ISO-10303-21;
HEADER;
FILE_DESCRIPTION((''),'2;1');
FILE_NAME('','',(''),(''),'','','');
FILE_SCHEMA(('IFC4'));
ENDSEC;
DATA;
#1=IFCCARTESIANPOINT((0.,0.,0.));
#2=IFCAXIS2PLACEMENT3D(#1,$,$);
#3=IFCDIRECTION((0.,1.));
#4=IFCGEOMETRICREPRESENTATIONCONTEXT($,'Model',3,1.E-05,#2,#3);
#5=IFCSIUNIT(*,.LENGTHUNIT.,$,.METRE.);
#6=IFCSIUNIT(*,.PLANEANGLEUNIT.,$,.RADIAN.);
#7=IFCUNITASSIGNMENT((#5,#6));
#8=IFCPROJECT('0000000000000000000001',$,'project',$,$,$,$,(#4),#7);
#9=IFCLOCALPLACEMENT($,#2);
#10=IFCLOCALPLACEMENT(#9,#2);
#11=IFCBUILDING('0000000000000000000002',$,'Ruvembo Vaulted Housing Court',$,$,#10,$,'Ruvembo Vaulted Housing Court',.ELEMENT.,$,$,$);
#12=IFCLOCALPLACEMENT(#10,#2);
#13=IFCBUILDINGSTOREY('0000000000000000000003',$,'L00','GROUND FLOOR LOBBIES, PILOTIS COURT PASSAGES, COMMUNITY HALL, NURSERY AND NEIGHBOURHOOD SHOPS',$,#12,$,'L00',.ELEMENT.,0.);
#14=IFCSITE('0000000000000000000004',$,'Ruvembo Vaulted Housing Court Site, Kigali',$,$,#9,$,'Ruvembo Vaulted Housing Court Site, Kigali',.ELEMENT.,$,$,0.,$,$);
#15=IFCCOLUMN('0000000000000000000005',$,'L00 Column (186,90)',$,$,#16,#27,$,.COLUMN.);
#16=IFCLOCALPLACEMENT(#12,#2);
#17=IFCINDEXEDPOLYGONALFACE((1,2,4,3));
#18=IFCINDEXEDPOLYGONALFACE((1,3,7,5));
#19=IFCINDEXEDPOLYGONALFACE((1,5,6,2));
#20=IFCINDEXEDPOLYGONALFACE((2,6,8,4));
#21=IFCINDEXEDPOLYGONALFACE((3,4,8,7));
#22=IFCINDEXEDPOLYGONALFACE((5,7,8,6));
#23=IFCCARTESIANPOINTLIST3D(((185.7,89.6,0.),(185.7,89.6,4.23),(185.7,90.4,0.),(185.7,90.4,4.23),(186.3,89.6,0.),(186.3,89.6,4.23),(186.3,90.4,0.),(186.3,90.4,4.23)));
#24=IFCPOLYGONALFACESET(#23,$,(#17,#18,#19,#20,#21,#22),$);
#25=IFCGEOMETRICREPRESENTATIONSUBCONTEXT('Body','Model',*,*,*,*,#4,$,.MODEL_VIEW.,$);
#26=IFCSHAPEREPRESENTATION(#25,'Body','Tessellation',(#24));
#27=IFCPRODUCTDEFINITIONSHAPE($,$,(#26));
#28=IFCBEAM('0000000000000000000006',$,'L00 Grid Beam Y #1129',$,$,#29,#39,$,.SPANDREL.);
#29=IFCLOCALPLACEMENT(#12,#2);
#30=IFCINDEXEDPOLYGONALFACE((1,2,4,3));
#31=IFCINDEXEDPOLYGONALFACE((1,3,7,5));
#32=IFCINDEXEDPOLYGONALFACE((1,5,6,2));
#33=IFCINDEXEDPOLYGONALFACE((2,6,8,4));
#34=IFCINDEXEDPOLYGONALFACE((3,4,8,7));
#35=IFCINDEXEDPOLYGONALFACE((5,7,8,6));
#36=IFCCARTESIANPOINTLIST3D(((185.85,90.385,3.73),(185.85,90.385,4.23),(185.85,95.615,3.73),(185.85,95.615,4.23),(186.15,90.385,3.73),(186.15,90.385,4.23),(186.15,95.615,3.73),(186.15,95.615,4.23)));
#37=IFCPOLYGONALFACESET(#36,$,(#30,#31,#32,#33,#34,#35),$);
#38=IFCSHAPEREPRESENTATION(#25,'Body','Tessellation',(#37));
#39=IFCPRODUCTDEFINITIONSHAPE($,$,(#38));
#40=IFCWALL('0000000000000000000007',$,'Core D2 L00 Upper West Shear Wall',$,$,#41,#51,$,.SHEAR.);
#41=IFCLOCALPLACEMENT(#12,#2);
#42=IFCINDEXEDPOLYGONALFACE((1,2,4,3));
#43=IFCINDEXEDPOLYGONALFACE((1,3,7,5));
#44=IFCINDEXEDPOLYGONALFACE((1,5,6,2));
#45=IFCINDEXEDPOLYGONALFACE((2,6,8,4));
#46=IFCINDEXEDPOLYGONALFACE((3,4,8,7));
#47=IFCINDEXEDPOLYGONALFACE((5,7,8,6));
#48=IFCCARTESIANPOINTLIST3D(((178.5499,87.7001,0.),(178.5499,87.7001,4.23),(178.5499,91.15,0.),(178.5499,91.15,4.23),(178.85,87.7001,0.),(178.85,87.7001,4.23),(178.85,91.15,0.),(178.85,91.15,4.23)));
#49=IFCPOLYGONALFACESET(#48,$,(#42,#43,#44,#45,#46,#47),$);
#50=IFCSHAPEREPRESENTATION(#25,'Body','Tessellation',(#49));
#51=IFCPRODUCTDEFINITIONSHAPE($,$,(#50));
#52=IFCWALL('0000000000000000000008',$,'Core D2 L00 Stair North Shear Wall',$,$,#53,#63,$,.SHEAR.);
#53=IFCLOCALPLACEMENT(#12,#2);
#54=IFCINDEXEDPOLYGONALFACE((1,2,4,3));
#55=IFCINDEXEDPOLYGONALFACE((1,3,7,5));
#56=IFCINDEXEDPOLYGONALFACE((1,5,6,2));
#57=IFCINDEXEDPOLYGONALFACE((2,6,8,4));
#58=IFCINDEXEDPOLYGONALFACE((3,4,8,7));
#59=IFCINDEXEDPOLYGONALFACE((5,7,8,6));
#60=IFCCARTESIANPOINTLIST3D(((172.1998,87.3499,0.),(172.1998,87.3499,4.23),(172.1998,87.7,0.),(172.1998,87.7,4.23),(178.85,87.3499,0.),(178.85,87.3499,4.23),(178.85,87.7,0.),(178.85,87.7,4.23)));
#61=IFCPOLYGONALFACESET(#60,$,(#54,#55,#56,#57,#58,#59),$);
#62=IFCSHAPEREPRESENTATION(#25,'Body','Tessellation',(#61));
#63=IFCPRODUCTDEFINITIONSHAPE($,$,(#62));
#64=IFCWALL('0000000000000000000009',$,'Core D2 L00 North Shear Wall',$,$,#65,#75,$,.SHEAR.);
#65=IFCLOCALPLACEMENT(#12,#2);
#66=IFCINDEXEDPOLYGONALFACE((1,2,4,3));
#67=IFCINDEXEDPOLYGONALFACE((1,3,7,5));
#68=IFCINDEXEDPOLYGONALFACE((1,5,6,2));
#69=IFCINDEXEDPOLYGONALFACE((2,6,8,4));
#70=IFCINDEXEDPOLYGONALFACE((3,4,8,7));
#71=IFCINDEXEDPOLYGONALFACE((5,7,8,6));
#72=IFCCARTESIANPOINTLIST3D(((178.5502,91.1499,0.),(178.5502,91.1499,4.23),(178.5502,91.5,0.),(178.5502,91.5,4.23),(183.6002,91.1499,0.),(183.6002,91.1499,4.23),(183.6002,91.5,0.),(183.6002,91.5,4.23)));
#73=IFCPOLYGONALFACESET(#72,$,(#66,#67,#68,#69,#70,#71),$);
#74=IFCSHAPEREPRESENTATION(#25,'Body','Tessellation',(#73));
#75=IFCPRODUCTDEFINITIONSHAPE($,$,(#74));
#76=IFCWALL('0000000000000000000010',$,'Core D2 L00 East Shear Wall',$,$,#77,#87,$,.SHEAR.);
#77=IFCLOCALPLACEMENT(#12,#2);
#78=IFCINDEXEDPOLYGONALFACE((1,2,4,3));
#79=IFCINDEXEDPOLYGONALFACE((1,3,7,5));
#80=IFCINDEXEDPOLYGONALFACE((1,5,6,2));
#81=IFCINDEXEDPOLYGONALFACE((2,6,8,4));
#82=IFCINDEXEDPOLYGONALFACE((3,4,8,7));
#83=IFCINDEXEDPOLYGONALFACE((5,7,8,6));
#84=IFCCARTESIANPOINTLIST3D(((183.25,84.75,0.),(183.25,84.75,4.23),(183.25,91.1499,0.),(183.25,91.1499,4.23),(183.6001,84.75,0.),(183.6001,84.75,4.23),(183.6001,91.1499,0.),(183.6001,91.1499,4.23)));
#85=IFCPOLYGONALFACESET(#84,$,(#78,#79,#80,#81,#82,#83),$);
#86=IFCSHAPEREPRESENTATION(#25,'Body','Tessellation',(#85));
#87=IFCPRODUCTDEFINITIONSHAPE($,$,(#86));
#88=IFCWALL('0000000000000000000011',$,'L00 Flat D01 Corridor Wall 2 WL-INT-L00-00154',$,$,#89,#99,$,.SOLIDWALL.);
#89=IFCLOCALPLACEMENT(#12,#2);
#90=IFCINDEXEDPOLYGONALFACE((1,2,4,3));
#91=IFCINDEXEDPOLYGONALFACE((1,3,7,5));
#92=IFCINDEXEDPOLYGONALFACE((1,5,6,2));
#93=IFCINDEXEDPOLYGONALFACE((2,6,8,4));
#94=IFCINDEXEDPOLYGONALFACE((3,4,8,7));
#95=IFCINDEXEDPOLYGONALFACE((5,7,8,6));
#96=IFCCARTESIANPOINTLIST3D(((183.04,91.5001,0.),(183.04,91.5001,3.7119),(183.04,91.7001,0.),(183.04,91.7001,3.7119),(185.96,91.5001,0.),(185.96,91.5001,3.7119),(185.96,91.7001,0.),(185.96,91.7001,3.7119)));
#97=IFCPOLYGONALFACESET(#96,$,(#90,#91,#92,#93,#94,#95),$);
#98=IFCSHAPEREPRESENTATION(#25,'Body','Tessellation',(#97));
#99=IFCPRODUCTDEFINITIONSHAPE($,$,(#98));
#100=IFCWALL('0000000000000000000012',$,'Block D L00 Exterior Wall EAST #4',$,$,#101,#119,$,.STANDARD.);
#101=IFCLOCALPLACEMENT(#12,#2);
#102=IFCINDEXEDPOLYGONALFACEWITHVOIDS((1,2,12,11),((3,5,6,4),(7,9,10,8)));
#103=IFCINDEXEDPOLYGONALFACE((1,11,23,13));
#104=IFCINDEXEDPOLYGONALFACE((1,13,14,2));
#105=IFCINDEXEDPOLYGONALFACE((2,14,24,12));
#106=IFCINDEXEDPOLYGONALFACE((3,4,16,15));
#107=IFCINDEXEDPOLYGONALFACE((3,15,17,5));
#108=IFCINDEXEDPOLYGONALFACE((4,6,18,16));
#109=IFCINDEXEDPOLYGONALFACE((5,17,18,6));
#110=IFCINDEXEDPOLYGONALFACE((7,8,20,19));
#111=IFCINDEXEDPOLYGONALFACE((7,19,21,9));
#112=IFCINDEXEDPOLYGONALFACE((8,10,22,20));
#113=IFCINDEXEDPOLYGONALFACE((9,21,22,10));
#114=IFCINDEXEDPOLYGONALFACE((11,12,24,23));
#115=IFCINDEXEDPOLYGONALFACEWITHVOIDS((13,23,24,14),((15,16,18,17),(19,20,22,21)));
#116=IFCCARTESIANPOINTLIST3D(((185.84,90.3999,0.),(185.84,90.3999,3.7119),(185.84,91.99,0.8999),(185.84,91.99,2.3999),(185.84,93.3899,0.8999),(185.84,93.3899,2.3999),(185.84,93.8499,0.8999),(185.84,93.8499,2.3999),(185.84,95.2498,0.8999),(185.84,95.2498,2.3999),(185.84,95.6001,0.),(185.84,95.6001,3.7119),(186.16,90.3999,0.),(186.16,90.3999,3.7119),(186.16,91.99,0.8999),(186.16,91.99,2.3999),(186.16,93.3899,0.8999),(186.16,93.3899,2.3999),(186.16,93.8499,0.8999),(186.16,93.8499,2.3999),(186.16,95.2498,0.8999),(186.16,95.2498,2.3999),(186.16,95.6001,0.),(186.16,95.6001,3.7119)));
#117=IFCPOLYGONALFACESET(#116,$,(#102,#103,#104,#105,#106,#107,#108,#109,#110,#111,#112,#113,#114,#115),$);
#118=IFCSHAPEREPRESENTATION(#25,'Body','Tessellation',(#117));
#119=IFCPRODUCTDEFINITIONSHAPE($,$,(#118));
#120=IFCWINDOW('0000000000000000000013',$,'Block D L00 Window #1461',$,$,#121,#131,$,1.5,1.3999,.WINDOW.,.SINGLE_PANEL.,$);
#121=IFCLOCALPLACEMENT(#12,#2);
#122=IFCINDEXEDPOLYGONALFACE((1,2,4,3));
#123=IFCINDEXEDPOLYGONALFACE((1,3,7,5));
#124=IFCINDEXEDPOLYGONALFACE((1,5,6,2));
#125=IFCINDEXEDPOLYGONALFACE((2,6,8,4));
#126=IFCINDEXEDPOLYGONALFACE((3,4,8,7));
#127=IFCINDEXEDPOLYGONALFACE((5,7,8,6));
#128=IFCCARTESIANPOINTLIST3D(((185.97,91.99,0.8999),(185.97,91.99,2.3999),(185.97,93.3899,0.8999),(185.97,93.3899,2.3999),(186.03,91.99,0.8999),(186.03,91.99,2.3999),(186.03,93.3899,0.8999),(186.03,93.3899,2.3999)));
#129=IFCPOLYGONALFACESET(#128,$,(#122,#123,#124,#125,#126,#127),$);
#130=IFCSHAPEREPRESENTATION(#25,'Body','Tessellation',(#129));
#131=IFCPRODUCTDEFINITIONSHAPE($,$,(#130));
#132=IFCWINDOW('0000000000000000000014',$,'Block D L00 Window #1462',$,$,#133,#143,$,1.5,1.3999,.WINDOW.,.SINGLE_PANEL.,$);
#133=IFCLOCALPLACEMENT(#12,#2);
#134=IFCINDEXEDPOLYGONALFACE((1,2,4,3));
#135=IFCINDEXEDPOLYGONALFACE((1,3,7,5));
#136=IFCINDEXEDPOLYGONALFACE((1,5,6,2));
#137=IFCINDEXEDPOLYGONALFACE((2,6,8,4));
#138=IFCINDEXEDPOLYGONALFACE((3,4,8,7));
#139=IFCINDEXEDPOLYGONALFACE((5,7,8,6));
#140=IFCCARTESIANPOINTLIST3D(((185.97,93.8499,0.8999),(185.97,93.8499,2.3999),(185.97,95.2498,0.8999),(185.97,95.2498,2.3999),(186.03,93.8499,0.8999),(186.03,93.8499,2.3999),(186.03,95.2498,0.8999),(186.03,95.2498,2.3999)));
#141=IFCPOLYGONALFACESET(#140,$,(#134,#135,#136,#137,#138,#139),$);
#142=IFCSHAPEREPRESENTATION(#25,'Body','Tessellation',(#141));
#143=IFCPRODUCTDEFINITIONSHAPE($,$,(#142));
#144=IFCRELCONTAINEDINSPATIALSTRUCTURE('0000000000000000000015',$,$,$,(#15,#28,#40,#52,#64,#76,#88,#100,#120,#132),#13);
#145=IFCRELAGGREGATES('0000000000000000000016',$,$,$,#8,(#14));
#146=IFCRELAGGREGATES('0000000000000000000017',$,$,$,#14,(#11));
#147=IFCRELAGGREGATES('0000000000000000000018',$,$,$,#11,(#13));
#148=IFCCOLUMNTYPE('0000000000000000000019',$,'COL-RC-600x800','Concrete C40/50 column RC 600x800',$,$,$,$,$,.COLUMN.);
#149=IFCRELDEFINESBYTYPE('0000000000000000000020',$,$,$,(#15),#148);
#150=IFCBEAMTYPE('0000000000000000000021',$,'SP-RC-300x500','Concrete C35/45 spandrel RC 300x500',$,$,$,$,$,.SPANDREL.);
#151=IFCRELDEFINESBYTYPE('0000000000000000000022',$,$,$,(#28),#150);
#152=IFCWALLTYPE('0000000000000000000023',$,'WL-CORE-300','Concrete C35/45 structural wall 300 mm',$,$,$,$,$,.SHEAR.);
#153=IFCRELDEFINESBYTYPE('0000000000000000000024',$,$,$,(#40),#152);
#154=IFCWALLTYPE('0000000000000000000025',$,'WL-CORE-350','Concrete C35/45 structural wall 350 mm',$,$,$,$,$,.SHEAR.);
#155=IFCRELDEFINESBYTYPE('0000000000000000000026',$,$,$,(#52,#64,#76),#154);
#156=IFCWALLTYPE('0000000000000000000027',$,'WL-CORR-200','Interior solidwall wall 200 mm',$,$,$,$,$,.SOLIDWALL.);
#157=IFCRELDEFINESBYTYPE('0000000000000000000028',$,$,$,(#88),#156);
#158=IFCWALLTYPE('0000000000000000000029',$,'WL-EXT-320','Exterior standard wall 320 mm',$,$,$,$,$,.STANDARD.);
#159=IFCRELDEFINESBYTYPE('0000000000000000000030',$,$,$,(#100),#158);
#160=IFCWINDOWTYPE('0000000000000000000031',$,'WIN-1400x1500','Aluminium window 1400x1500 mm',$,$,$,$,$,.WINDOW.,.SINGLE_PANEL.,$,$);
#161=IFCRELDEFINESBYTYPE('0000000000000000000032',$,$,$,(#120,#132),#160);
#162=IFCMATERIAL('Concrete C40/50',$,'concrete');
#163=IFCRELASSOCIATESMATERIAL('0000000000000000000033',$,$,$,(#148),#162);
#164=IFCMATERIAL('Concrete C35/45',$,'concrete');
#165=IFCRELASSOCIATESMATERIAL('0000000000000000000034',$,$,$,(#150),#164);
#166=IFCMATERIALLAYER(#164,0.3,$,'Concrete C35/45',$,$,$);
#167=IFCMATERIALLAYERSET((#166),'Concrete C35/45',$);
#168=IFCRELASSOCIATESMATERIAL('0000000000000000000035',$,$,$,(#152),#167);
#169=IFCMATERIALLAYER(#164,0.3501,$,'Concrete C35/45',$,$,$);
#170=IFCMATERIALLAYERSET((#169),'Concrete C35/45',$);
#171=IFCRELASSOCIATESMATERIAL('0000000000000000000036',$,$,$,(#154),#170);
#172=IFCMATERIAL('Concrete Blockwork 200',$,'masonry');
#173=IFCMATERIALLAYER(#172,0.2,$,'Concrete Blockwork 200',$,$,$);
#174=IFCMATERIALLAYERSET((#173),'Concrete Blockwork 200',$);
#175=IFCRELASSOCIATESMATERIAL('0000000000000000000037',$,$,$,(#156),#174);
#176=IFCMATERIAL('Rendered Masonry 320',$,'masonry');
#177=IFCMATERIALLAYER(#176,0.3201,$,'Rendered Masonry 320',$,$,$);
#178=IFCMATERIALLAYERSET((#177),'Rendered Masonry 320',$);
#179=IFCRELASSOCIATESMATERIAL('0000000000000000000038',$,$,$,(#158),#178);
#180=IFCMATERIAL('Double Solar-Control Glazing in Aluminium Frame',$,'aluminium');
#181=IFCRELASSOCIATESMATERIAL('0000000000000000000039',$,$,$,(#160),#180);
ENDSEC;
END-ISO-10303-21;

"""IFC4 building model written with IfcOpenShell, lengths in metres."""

from ifc_helpers import new_model, si_unit, direction, frame, frame_2d, origin, origin_2d, place, context, subcontext, project, spatial, rectangle, extrude, material, layer, layer_set, material_profile, profile_set, type_object, element, fill, save


model = new_model("IFC4")

# Units and contexts
model_context = context("Model", 3, precision=1e-05, world=origin(), true_north=direction((0.0, 1.0)))
body_context = subcontext(model_context, "Body", "Model", "MODEL_VIEW")
ifc_project = project(units=[si_unit("LENGTHUNIT", "METRE"), si_unit("PLANEANGLEUNIT", "RADIAN")], contexts=[model_context])

# Site, building, storey
site_placement = place(None, origin())
site = spatial("IfcSite", under=ifc_project, at=site_placement, Name="Ruvembo Vaulted Housing Court Site, Kigali", LongName="Ruvembo Vaulted Housing Court Site, Kigali", CompositionType="ELEMENT", RefElevation=0.0)
building_placement = place(site_placement, origin())
building = spatial("IfcBuilding", under=site, at=building_placement, Name="Ruvembo Vaulted Housing Court", LongName="Ruvembo Vaulted Housing Court", CompositionType="ELEMENT")
storey_placement = place(building_placement, origin())
storey = spatial("IfcBuildingStorey", under=building, at=storey_placement, Name="L00", Description="GROUND FLOOR LOBBIES, PILOTIS COURT PASSAGES, COMMUNITY HALL, NURSERY AND NEIGHBOURHOOD SHOPS", LongName="L00", CompositionType="ELEMENT", Elevation=0.0)

# Column
ifc_material_1 = material(Name="Concrete C40/50", Category="concrete")
ifc_material_profile_1 = material_profile(ifc_material_1, rectangle(XDim=0.6001, YDim=0.8, at=origin_2d()), Name="RC 600x800")
ifc_profile_set_1 = profile_set([ifc_material_profile_1], Name="Concrete C40/50")
column_type = type_object("IfcColumnType", Name="COL-RC-600x800", Description="Concrete C40/50 column RC 600x800", PredefinedType="COLUMN", material=ifc_profile_set_1)
column_placement = place(storey_placement, frame((186.0, 90.0, 0.0), z_axis=(0.0, 0.0, 1.0), x_axis=(1.0, 0.0, 0.0)))
element("IfcColumn", 1, at=column_placement, inside=storey, type_object=column_type, Name="L00 Column (186,90)", PredefinedType="COLUMN", context=body_context, shape_type="SweptSolid", body=[
    extrude(rectangle(XDim=0.6001, YDim=0.8, at=origin_2d()), origin(), (0.0, 0.0, 1.0), 4.23),
])

# Beam
ifc_material_2 = material(Name="Concrete C35/45", Category="concrete")
ifc_material_profile_2 = material_profile(ifc_material_2, rectangle(XDim=0.3, YDim=0.5, at=origin_2d()), Name="RC 300x500")
ifc_profile_set_2 = profile_set([ifc_material_profile_2], Name="Concrete C35/45")
beam_type = type_object("IfcBeamType", Name="SP-RC-300x500", Description="Concrete C35/45 spandrel RC 300x500", PredefinedType="SPANDREL", material=ifc_profile_set_2)
beam_placement = place(storey_placement, frame((186.0, 90.385, 3.98), z_axis=(0.0, 1.0, 0.0), x_axis=(-1.0, 0.0, 0.0)))
element("IfcBeam", 2, at=beam_placement, inside=storey, type_object=beam_type, Name="L00 Grid Beam Y #1129", PredefinedType="SPANDREL", context=body_context, shape_type="SweptSolid", body=[
    extrude(rectangle(XDim=0.3, YDim=0.5, at=origin_2d()), origin(), (0.0, 0.0, 1.0), 5.23),
])

# Shared definitions
ifc_layer_1 = layer(ifc_material_2, 0.3, Name="Concrete C35/45")
ifc_layer_set_1 = layer_set([ifc_layer_1], Name="Concrete C35/45")
wall_type_1 = type_object("IfcWallType", Name="WL-CORE-300", Description="Concrete C35/45 structural wall 300 mm", PredefinedType="SHEAR", material=ifc_layer_set_1)

# Walls
wall_1_placement = place(storey_placement, frame((178.7, 87.7, 0.0), z_axis=(0.0, 0.0, 1.0), x_axis=(0.0, 1.0, 0.0)))
element("IfcWall", 3, at=wall_1_placement, inside=storey, type_object=wall_type_1, Name="Core D2 L00 Upper West Shear Wall", PredefinedType="SHEAR", context=body_context, shape_type="SweptSolid", body=[
    extrude(rectangle(XDim=3.45, YDim=0.3, at=frame_2d((1.7251, 0.0))), origin(), (0.0, 0.0, 1.0), 4.23),
])
ifc_layer_2 = layer(ifc_material_2, 0.3501, Name="Concrete C35/45")
ifc_layer_set_2 = layer_set([ifc_layer_2], Name="Concrete C35/45")
wall_type_2 = type_object("IfcWallType", Name="WL-CORE-350", Description="Concrete C35/45 structural wall 350 mm", PredefinedType="SHEAR", material=ifc_layer_set_2)
wall_2_placement = place(storey_placement, frame((178.8501, 87.5249, 0.0), z_axis=(0.0, 0.0, 1.0), x_axis=(-1.0, 0.0, 0.0)))
element("IfcWall", 4, at=wall_2_placement, inside=storey, type_object=wall_type_2, Name="Core D2 L00 Stair North Shear Wall", PredefinedType="SHEAR", context=body_context, shape_type="SweptSolid", body=[
    extrude(rectangle(XDim=6.6501, YDim=0.3501, at=frame_2d((3.3252, 0.0))), origin(), (0.0, 0.0, 1.0), 4.23),
])
wall_3_placement = place(storey_placement, frame((183.6001, 91.325, 0.0), z_axis=(0.0, 0.0, 1.0), x_axis=(-1.0, 0.0, 0.0)))
element("IfcWall", 5, at=wall_3_placement, inside=storey, type_object=wall_type_2, Name="Core D2 L00 North Shear Wall", PredefinedType="SHEAR", context=body_context, shape_type="SweptSolid", body=[
    extrude(rectangle(XDim=5.05, YDim=0.3501, at=frame_2d((2.5249, 0.0))), origin(), (0.0, 0.0, 1.0), 4.23),
])
wall_4_placement = place(storey_placement, frame((183.425, 84.75, 0.0), z_axis=(0.0, 0.0, 1.0), x_axis=(0.0, 1.0, 0.0)))
element("IfcWall", 6, at=wall_4_placement, inside=storey, type_object=wall_type_2, Name="Core D2 L00 East Shear Wall", PredefinedType="SHEAR", context=body_context, shape_type="SweptSolid", body=[
    extrude(rectangle(XDim=6.3999, YDim=0.3501, at=frame_2d((3.2, 0.0))), origin(), (0.0, 0.0, 1.0), 4.23),
])
ifc_material_3 = material(Name="Concrete Blockwork 200", Category="masonry")
ifc_layer_3 = layer(ifc_material_3, 0.2, Name="Concrete Blockwork 200")
ifc_layer_set_3 = layer_set([ifc_layer_3], Name="Concrete Blockwork 200")
wall_type_3 = type_object("IfcWallType", Name="WL-CORR-200", Description="Interior solidwall wall 200 mm", PredefinedType="SOLIDWALL", material=ifc_layer_set_3)
wall_5_placement = place(storey_placement, frame((183.04, 91.6001, 0.0), z_axis=(0.0, 0.0, 1.0), x_axis=(1.0, 0.0, 0.0)))
element("IfcWall", 7, at=wall_5_placement, inside=storey, type_object=wall_type_3, Name="L00 Flat D01 Corridor Wall 2 WL-INT-L00-00154", PredefinedType="SOLIDWALL", context=body_context, shape_type="SweptSolid", body=[
    extrude(rectangle(XDim=2.9199, YDim=0.2, at=frame_2d((1.46, 0.0))), origin(), (0.0, 0.0, 1.0), 3.7119),
])

# Wall, openings, windows
ifc_material_4 = material(Name="Rendered Masonry 320", Category="masonry")
ifc_layer_4 = layer(ifc_material_4, 0.3201, Name="Rendered Masonry 320")
ifc_layer_set_4 = layer_set([ifc_layer_4], Name="Rendered Masonry 320")
wall_type_4 = type_object("IfcWallType", Name="WL-EXT-320", Description="Exterior standard wall 320 mm", PredefinedType="STANDARD", material=ifc_layer_set_4)
wall_6_placement = place(storey_placement, frame((186.0, 90.3999, 0.0), z_axis=(0.0, 0.0, 1.0), x_axis=(0.0, 1.0, 0.0)))
wall_6 = element("IfcWall", 8, at=wall_6_placement, inside=storey, type_object=wall_type_4, Name="Block D L00 Exterior Wall EAST #4", PredefinedType="STANDARD", context=body_context, shape_type="SweptSolid", body=[
    extrude(rectangle(XDim=5.2002, YDim=0.3201, at=frame_2d((2.6001, 0.0))), origin(), (0.0, 0.0, 1.0), 3.7119),
])
opening_1_placement = place(wall_6_placement, frame((1.5901, 0.0, 0.8999)))
opening_1 = element("IfcOpeningElement", 9, at=opening_1_placement, cuts=wall_6, PredefinedType="OPENING", context=body_context, shape_type="SweptSolid", body=[
    extrude(rectangle(XDim=1.3999, YDim=1.5, at=frame_2d((0.7, 0.75))), frame((0.0, 0.1699, 0.0), z_axis=(0.0, -1.0, 0.0), x_axis=(1.0, 0.0, 0.0)), (0.0, 0.0, 1.0), 0.3401),
])
opening_2_placement = place(wall_6_placement, frame((3.45, 0.0, 0.8999)))
opening_2 = element("IfcOpeningElement", 10, at=opening_2_placement, cuts=wall_6, PredefinedType="OPENING", context=body_context, shape_type="SweptSolid", body=[
    extrude(rectangle(XDim=1.3999, YDim=1.5, at=frame_2d((0.7, 0.75))), frame((0.0, 0.1699, 0.0), z_axis=(0.0, -1.0, 0.0), x_axis=(1.0, 0.0, 0.0)), (0.0, 0.0, 1.0), 0.3401),
])
ifc_material_5 = material(Name="Double Solar-Control Glazing in Aluminium Frame", Category="aluminium")
window_type = type_object("IfcWindowType", Name="WIN-1400x1500", Description="Aluminium window 1400x1500 mm", PartitioningType="SINGLE_PANEL", PredefinedType="WINDOW", material=ifc_material_5)
window_1_placement = place(opening_1_placement, origin())
window_1 = element("IfcWindow", 11, at=window_1_placement, inside=storey, type_object=window_type, Name="Block D L00 Window #1461", OverallHeight=1.5, OverallWidth=1.3999, PartitioningType="SINGLE_PANEL", PredefinedType="WINDOW", context=body_context, shape_type="SweptSolid", body=[
    extrude(rectangle(XDim=1.3999, YDim=1.5, at=frame_2d((0.7, 0.75))), frame((0.0, 0.03, 0.0), z_axis=(0.0, -1.0, 0.0), x_axis=(1.0, 0.0, 0.0)), (0.0, 0.0, 1.0), 0.0601),
])
fill(opening_1, window_1)
window_2_placement = place(opening_2_placement, origin())
window_2 = element("IfcWindow", 12, at=window_2_placement, inside=storey, type_object=window_type, Name="Block D L00 Window #1462", OverallHeight=1.5, OverallWidth=1.3999, PartitioningType="SINGLE_PANEL", PredefinedType="WINDOW", context=body_context, shape_type="SweptSolid", body=[
    extrude(rectangle(XDim=1.3999, YDim=1.5, at=frame_2d((0.7, 0.75))), frame((0.0, 0.03, 0.0), z_axis=(0.0, -1.0, 0.0), x_axis=(1.0, 0.0, 0.0)), (0.0, 0.0, 1.0), 0.0601),
])
fill(opening_2, window_2)

save(model, "model.ifc")
